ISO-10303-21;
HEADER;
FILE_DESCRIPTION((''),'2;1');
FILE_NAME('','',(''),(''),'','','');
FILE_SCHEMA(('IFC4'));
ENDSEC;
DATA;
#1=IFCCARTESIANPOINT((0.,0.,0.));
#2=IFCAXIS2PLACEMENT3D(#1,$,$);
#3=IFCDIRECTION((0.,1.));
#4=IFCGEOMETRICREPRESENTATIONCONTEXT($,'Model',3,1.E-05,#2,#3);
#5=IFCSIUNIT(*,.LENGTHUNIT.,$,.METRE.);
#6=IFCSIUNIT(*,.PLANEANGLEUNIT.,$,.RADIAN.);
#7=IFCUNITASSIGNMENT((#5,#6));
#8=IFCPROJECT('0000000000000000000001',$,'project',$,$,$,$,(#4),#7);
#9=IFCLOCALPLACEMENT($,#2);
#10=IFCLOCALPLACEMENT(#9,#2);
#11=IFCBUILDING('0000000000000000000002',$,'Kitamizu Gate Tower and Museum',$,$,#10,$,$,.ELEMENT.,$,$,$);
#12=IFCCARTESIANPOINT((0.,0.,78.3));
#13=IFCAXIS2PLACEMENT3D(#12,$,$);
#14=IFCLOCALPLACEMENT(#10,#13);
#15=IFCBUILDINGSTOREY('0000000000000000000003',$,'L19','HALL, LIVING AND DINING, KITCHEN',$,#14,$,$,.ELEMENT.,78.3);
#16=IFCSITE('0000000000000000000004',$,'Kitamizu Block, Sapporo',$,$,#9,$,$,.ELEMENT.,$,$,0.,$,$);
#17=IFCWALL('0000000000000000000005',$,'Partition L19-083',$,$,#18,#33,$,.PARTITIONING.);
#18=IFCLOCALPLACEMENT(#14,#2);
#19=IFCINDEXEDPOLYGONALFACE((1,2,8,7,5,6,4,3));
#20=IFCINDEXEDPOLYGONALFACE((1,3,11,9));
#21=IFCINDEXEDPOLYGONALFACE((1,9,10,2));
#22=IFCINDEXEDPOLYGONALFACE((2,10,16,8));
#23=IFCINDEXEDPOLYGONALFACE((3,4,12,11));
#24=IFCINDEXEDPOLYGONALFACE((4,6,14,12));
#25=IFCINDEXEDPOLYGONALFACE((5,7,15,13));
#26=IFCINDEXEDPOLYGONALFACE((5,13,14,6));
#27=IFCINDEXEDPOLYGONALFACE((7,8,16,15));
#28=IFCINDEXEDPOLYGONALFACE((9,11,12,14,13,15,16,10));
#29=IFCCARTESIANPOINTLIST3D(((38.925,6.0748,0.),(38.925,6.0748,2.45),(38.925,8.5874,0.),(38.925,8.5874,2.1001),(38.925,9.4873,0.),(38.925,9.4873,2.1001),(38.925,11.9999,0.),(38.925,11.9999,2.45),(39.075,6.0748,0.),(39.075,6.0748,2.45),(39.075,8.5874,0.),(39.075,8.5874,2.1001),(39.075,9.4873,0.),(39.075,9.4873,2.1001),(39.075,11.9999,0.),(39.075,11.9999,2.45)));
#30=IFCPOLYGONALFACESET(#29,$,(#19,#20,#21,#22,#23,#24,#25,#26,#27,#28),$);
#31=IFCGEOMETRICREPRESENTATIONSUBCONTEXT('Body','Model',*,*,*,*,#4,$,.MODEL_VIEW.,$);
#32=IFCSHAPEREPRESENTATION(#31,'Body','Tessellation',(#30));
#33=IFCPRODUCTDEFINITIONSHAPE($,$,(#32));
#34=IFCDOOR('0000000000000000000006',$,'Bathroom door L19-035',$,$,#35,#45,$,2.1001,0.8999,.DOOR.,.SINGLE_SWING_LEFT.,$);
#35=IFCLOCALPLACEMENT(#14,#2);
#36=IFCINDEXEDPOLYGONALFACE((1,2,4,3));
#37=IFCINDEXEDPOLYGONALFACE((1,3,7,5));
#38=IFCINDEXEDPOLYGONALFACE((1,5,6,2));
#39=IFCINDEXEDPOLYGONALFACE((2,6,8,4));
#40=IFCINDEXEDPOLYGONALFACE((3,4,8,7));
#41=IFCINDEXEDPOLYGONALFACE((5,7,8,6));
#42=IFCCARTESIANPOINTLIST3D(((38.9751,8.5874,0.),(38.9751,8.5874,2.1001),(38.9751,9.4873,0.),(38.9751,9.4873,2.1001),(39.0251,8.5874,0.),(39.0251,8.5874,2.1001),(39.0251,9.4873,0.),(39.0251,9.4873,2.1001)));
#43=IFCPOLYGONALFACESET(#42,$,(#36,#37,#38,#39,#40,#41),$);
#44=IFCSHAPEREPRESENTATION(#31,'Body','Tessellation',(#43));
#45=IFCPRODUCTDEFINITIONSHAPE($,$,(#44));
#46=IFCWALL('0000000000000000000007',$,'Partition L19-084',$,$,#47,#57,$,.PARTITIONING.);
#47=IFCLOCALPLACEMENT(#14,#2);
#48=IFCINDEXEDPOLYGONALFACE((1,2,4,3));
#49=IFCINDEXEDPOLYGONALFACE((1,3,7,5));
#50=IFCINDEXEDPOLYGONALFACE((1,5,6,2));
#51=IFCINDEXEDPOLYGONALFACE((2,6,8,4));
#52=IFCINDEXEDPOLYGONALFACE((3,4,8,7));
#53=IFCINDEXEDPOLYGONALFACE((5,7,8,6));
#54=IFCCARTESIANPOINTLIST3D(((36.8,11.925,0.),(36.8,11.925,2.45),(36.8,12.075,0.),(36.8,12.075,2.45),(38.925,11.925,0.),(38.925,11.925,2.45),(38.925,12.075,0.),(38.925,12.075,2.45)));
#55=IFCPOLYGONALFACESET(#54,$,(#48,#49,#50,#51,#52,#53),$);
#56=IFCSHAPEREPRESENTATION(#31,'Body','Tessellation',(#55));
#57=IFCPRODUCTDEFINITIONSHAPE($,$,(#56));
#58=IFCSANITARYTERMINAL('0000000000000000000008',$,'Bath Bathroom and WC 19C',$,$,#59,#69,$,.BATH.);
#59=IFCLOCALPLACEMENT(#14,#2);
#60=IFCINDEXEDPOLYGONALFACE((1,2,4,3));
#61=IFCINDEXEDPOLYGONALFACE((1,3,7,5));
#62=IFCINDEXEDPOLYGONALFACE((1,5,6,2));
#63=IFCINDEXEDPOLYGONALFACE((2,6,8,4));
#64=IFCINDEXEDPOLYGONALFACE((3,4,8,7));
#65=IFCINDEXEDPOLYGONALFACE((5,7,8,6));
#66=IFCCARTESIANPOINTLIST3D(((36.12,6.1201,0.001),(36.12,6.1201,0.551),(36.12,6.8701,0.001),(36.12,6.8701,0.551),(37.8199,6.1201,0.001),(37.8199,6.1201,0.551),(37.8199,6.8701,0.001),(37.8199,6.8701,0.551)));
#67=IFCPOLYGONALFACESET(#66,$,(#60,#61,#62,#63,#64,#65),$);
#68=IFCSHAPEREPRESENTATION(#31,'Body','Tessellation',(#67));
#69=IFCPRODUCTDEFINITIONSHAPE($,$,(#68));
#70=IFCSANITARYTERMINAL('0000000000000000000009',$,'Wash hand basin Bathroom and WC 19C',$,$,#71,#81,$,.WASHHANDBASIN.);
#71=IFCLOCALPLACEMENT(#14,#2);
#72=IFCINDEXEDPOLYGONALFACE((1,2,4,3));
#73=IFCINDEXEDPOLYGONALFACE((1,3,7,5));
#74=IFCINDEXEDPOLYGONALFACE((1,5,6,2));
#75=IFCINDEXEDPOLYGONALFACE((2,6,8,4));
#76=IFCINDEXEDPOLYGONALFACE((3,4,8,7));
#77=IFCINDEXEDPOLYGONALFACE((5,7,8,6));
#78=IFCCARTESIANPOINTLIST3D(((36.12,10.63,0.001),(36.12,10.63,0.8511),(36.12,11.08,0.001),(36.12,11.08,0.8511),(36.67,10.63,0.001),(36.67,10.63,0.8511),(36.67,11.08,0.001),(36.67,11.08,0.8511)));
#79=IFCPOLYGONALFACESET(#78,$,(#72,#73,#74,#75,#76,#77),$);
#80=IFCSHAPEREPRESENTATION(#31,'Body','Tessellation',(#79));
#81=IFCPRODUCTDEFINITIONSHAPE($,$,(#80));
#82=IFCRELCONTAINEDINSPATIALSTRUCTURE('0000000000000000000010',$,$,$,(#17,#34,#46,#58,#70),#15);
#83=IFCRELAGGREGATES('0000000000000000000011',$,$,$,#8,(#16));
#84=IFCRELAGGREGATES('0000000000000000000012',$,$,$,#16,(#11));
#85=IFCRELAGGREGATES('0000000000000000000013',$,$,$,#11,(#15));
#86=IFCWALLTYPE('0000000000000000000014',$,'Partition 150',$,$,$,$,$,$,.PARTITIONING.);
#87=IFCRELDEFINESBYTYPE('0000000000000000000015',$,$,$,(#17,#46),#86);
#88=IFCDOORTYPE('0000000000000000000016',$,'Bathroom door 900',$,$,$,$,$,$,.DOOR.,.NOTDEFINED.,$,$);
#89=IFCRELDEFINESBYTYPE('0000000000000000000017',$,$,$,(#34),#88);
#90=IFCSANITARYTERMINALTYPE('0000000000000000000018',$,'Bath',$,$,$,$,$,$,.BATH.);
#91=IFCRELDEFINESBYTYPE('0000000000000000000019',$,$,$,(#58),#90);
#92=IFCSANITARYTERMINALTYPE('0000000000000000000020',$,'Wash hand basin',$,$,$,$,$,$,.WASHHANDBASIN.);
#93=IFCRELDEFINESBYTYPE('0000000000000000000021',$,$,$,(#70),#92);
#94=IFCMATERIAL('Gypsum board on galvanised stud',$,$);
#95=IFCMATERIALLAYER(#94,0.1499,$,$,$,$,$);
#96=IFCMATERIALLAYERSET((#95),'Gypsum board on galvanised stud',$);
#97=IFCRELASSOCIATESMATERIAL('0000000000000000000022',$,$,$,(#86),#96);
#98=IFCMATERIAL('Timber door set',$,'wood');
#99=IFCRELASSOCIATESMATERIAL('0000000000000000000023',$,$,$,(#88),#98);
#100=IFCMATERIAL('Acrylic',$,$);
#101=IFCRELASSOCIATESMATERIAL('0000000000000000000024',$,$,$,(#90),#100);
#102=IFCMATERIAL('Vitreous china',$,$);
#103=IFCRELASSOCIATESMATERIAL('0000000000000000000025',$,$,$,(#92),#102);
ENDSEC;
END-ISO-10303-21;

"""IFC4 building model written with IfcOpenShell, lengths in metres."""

from ifc_helpers import new_model, si_unit, direction, frame, frame_2d, origin, origin_2d, place, context, subcontext, project, spatial, rectangle, extrude, material, layer, layer_set, type_object, element, fill, save


model = new_model("IFC4")

# Units and contexts
model_context = context("Model", 3, precision=1e-05, world=origin(), true_north=direction((0.0, 1.0)))
body_context = subcontext(model_context, "Body", "Model", "MODEL_VIEW")
ifc_project = project(units=[si_unit("LENGTHUNIT", "METRE"), si_unit("PLANEANGLEUNIT", "RADIAN")], contexts=[model_context])

# Site, building, storey
site_placement = place(None, origin())
site = spatial("IfcSite", under=ifc_project, at=site_placement, Name="Kitamizu Block, Sapporo", CompositionType="ELEMENT", RefElevation=0.0)
building_placement = place(site_placement, origin())
building = spatial("IfcBuilding", under=site, at=building_placement, Name="Kitamizu Gate Tower and Museum", CompositionType="ELEMENT")
storey_placement = place(building_placement, frame((0.0, 0.0, 78.3)))
storey = spatial("IfcBuildingStorey", under=building, at=storey_placement, Name="L19", Description="HALL, LIVING AND DINING, KITCHEN", CompositionType="ELEMENT", Elevation=78.3)

# Shared definitions
ifc_material_1 = material(Name="Gypsum board on galvanised stud")
ifc_layer_1 = layer(ifc_material_1, 0.1499)
ifc_layer_set_1 = layer_set([ifc_layer_1], Name="Gypsum board on galvanised stud")
wall_type_1 = type_object("IfcWallType", Name="Partition 150", PredefinedType="PARTITIONING", material=ifc_layer_set_1)

# Wall, opening, door
wall_1_placement = place(storey_placement, frame((39.0, 6.075, 0.0), z_axis=(0.0, 0.0, 1.0), x_axis=(0.0, 1.0, 0.0)))
wall_1 = element("IfcWall", 1, at=wall_1_placement, inside=storey, type_object=wall_type_1, Name="Partition L19-083", PredefinedType="PARTITIONING", context=body_context, shape_type="SweptSolid", body=[
    extrude(rectangle(XDim=5.925, YDim=0.1499, at=frame_2d((2.9624, 0.0))), origin(), (0.0, 0.0, 1.0), 2.45),
])
opening_1_placement = place(wall_1_placement, frame((2.5125, 0.0, 0.0)))
opening_1 = element("IfcOpeningElement", 2, at=opening_1_placement, cuts=wall_1, PredefinedType="OPENING", context=body_context, shape_type="SweptSolid", body=[
    extrude(rectangle(XDim=0.8999, YDim=2.1001, at=frame_2d((0.45, 1.05))), frame((0.0, 0.085, 0.0), z_axis=(0.0, -1.0, 0.0), x_axis=(1.0, 0.0, 0.0)), (0.0, 0.0, 1.0), 0.1699),
])
ifc_material_2 = material(Name="Timber door set", Category="wood")
door_type_1 = type_object("IfcDoorType", Name="Bathroom door 900", OperationType="NOTDEFINED", PredefinedType="DOOR", material=ifc_material_2)
door_1_placement = place(opening_1_placement, origin())
door_1 = element("IfcDoor", 3, at=door_1_placement, inside=storey, type_object=door_type_1, Name="Bathroom door L19-035", OperationType="SINGLE_SWING_LEFT", OverallHeight=2.1001, OverallWidth=0.8999, PredefinedType="DOOR", context=body_context, shape_type="SweptSolid", body=[
    extrude(rectangle(XDim=0.8999, YDim=2.1001, at=frame_2d((0.45, 1.05))), frame((0.0, 0.0249, 0.0), z_axis=(0.0, -1.0, 0.0), x_axis=(1.0, 0.0, 0.0)), (0.0, 0.0, 1.0), 0.05),
])
fill(opening_1, door_1)

# Wall
wall_2_placement = place(storey_placement, frame((38.925, 12.0, 0.0), z_axis=(0.0, 0.0, 1.0), x_axis=(-1.0, 0.0, 0.0)))
element("IfcWall", 4, at=wall_2_placement, inside=storey, type_object=wall_type_1, Name="Partition L19-084", PredefinedType="PARTITIONING", context=body_context, shape_type="SweptSolid", body=[
    extrude(rectangle(XDim=2.125, YDim=0.1499, at=frame_2d((1.0625, 0.0))), origin(), (0.0, 0.0, 1.0), 2.45),
])

# Sanitary terminals
ifc_material_3 = material(Name="Acrylic")
sanitary_terminal_type_1 = type_object("IfcSanitaryTerminalType", Name="Bath", PredefinedType="BATH", material=ifc_material_3)
sanitary_terminal_1_placement = place(storey_placement, frame((36.97, 6.4951, 0.001), z_axis=(0.0, 0.0, 1.0), x_axis=(1.0, 0.0, 0.0)))
element("IfcSanitaryTerminal", 5, at=sanitary_terminal_1_placement, inside=storey, type_object=sanitary_terminal_type_1, Name="Bath Bathroom and WC 19C", PredefinedType="BATH", context=body_context, shape_type="SweptSolid", body=[
    extrude(rectangle(XDim=1.7, YDim=0.75, at=origin_2d()), origin(), (0.0, 0.0, 1.0), 0.55),
])
ifc_material_4 = material(Name="Vitreous china")
sanitary_terminal_type_2 = type_object("IfcSanitaryTerminalType", Name="Wash hand basin", PredefinedType="WASHHANDBASIN", material=ifc_material_4)
sanitary_terminal_2_placement = place(storey_placement, frame((36.395, 10.855, 0.001), z_axis=(0.0, 0.0, 1.0), x_axis=(1.0, 0.0, 0.0)))
element("IfcSanitaryTerminal", 6, at=sanitary_terminal_2_placement, inside=storey, type_object=sanitary_terminal_type_2, Name="Wash hand basin Bathroom and WC 19C", PredefinedType="WASHHANDBASIN", context=body_context, shape_type="SweptSolid", body=[
    extrude(rectangle(XDim=0.55, YDim=0.45, at=origin_2d()), origin(), (0.0, 0.0, 1.0), 0.8501),
])

save(model, "model.ifc")
